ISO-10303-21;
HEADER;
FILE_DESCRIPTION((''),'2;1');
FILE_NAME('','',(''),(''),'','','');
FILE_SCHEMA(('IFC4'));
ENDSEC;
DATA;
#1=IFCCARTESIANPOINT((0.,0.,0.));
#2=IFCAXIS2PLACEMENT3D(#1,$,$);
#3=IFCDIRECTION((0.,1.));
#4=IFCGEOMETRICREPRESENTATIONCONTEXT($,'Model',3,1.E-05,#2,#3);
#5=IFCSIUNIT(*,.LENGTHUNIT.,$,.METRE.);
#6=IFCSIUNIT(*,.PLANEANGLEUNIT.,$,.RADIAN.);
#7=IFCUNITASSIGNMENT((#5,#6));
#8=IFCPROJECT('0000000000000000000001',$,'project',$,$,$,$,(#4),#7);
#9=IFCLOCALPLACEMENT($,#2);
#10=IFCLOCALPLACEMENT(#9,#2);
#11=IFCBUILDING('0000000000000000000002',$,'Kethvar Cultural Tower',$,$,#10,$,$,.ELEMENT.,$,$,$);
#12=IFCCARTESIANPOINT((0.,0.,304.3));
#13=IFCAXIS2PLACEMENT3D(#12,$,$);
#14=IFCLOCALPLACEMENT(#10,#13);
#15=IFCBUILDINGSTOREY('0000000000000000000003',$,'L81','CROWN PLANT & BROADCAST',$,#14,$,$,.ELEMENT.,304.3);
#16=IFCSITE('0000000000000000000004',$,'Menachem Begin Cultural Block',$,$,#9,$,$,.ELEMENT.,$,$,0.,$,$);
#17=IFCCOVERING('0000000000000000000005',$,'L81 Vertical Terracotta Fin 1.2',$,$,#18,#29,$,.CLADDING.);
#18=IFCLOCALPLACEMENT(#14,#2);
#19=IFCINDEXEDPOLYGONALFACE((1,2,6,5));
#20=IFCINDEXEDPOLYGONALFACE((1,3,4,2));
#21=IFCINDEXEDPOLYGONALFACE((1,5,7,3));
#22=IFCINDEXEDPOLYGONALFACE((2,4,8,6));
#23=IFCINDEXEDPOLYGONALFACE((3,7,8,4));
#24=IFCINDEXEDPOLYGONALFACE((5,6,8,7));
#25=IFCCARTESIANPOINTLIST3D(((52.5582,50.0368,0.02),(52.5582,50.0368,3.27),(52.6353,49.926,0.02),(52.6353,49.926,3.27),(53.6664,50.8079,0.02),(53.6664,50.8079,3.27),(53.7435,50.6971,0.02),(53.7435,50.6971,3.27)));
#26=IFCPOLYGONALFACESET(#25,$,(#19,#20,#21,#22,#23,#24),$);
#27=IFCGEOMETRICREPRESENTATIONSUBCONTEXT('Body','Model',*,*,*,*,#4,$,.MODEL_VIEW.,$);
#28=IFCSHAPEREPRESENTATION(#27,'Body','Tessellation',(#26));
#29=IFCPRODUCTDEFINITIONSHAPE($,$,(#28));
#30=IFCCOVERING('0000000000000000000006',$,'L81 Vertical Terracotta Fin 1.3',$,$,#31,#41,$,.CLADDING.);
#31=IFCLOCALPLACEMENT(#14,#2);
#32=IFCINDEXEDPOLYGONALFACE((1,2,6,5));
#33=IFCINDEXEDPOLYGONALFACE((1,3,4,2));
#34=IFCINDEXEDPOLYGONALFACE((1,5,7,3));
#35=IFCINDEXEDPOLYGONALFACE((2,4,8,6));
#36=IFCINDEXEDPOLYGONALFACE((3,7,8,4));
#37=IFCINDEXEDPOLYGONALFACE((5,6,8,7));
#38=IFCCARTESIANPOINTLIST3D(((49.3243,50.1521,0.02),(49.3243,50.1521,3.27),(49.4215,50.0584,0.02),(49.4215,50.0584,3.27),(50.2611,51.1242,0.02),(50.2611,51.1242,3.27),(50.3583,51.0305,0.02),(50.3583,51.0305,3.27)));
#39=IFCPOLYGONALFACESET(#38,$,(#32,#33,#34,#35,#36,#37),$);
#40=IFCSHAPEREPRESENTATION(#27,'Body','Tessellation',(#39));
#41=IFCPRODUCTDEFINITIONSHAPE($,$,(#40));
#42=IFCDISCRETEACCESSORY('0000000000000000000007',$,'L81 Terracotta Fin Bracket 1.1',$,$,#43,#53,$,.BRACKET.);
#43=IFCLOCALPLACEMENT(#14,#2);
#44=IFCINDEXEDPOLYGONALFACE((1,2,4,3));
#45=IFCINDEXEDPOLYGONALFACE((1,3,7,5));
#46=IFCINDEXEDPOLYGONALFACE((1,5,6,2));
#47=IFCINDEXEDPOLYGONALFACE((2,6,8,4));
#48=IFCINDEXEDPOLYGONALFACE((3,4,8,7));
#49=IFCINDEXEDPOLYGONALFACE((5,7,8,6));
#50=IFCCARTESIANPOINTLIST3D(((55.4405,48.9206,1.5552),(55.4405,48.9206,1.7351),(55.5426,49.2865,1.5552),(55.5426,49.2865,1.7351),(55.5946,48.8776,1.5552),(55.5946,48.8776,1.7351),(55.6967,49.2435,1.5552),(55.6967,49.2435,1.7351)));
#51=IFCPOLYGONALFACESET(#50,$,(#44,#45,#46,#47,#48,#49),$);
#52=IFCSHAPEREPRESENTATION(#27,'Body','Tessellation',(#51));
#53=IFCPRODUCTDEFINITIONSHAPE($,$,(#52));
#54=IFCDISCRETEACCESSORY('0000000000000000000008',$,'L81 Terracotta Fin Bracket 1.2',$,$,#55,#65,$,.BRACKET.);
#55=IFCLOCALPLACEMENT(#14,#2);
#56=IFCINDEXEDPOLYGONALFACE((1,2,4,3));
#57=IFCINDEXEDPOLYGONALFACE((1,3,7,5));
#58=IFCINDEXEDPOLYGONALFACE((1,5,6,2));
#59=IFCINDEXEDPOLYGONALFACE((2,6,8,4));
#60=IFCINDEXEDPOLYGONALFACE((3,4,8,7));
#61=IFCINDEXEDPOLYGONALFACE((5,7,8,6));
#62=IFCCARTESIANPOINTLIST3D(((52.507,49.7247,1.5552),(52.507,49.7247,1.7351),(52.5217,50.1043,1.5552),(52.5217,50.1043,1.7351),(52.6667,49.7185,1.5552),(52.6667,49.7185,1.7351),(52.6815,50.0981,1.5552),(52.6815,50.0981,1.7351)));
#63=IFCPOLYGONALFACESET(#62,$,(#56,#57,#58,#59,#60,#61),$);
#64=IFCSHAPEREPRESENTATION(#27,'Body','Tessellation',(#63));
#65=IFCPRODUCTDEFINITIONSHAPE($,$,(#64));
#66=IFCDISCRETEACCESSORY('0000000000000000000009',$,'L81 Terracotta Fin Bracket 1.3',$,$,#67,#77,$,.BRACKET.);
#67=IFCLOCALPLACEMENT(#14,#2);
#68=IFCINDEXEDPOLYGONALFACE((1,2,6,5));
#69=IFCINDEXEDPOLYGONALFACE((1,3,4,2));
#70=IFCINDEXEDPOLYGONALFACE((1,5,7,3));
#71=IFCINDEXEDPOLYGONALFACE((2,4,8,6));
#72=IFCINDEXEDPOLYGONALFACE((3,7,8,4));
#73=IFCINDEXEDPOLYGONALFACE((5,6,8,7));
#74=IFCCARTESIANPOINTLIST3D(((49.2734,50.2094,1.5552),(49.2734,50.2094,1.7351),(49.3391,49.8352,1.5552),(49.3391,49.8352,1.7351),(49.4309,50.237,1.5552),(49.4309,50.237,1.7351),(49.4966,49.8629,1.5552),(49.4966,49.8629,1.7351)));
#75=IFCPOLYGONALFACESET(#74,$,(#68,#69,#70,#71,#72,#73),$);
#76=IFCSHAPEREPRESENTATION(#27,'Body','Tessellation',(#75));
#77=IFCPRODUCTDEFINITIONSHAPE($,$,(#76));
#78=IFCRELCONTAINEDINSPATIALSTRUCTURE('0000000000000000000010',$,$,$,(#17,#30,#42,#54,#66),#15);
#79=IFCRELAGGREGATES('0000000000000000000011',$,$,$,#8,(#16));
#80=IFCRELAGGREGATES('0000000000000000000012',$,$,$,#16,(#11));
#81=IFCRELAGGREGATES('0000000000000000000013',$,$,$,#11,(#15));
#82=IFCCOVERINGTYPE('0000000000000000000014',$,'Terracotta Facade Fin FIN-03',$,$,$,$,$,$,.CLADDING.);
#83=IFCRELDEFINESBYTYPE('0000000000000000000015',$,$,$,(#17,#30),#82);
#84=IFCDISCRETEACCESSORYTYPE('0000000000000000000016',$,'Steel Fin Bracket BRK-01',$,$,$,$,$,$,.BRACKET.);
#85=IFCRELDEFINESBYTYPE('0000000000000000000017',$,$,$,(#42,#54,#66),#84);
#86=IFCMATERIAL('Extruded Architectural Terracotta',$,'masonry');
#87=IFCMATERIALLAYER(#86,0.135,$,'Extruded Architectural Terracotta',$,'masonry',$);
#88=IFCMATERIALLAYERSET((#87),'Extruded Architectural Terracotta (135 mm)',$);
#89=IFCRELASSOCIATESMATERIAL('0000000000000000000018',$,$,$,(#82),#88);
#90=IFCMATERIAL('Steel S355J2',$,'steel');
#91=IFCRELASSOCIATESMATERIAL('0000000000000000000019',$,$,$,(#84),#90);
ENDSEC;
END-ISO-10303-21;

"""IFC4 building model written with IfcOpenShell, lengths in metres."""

from ifc_helpers import new_model, si_unit, direction, frame, origin, origin_2d, place, context, subcontext, project, spatial, rectangle, extrude, source, transform, mapped, material, layer, layer_set, type_object, element, save


model = new_model("IFC4")

# Units and contexts
model_context = context("Model", 3, precision=1e-05, world=origin(), true_north=direction((0.0, 1.0)))
body_context = subcontext(model_context, "Body", "Model", "MODEL_VIEW")
ifc_project = project(units=[si_unit("LENGTHUNIT", "METRE"), si_unit("PLANEANGLEUNIT", "RADIAN")], contexts=[model_context])

# Site, building, storey
site_placement = place(None, origin())
site = spatial("IfcSite", under=ifc_project, at=site_placement, Name="Menachem Begin Cultural Block", CompositionType="ELEMENT", RefElevation=0.0)
building_placement = place(site_placement, origin())
building = spatial("IfcBuilding", under=site, at=building_placement, Name="Kethvar Cultural Tower", CompositionType="ELEMENT")
storey_placement = place(building_placement, frame((0.0, 0.0, 304.3)))
storey = spatial("IfcBuildingStorey", under=building, at=storey_placement, Name="L81", Description="CROWN PLANT & BROADCAST", CompositionType="ELEMENT", Elevation=304.3)

# Shared definitions
ifc_material_1 = material(Name="Steel S355J2", Category="steel")

# Coverings
ifc_material_2 = material(Name="Extruded Architectural Terracotta", Category="masonry")
ifc_layer_1 = layer(ifc_material_2, 0.135, Name="Extruded Architectural Terracotta", Category="masonry")
ifc_layer_set_1 = layer_set([ifc_layer_1], Name="Extruded Architectural Terracotta (135 mm)")
covering_type = type_object("IfcCoveringType", Name="Terracotta Facade Fin FIN-03", PredefinedType="CLADDING", material=ifc_layer_set_1)
shared_shape_1 = source(origin(), body_context, "Body", "SweptSolid", [
    extrude(rectangle(XDim=1.3501, YDim=0.135, at=origin_2d()), origin(), (0.0, 0.0, 1.0), 3.25),
])
for number, where, z_axis, x_axis, name in (
    (1, (53.1509, 50.3669, 0.02), (0.0, 0.0, 1.0), (0.82085, 0.571143, 0.0), "L81 Vertical Terracotta Fin 1.2"),
    (2, (49.8413, 50.5913, 0.02), (0.0, 0.0, 1.0), (0.693905, 0.720067, 0.0), "L81 Vertical Terracotta Fin 1.3"),
):
    element("IfcCovering", number, at=place(storey_placement, frame(where, z_axis=z_axis, x_axis=x_axis)), inside=storey, type_object=covering_type, Name=name, PredefinedType="CLADDING", context=body_context, shape_type="MappedRepresentation", body=[
        mapped(shared_shape_1, transform((0.0, 0.0, 0.0), scale=1.0)),
    ])

# Discrete accessories
discrete_accessory_type = type_object("IfcDiscreteAccessoryType", Name="Steel Fin Bracket BRK-01", PredefinedType="BRACKET", material=ifc_material_1)
shared_shape_2 = source(origin(), body_context, "Body", "SweptSolid", [
    extrude(rectangle(XDim=0.3799, YDim=0.1599, at=origin_2d()), origin(), (0.0, 0.0, 1.0), 0.1799),
])
for number, where, z_axis, x_axis, name in (
    (3, (55.5686, 49.082, 1.5552), (0.0, 0.0, 1.0), (0.268752, 0.963209, 0.0), "L81 Terracotta Fin Bracket 1.1"),
    (4, (52.5942, 49.9114, 1.5552), (0.0, 0.0, 1.0), (0.038911, 0.999243, 0.0), "L81 Terracotta Fin Bracket 1.2"),
    (5, (49.385, 50.0361, 1.5552), (0.0, 0.0, 1.0), (-0.172789, 0.984959, 0.0), "L81 Terracotta Fin Bracket 1.3"),
):
    element("IfcDiscreteAccessory", number, at=place(storey_placement, frame(where, z_axis=z_axis, x_axis=x_axis)), inside=storey, type_object=discrete_accessory_type, Name=name, PredefinedType="BRACKET", context=body_context, shape_type="MappedRepresentation", body=[
        mapped(shared_shape_2, transform((0.0, 0.0, 0.0), scale=1.0)),
    ])

save(model, "model.ifc")
